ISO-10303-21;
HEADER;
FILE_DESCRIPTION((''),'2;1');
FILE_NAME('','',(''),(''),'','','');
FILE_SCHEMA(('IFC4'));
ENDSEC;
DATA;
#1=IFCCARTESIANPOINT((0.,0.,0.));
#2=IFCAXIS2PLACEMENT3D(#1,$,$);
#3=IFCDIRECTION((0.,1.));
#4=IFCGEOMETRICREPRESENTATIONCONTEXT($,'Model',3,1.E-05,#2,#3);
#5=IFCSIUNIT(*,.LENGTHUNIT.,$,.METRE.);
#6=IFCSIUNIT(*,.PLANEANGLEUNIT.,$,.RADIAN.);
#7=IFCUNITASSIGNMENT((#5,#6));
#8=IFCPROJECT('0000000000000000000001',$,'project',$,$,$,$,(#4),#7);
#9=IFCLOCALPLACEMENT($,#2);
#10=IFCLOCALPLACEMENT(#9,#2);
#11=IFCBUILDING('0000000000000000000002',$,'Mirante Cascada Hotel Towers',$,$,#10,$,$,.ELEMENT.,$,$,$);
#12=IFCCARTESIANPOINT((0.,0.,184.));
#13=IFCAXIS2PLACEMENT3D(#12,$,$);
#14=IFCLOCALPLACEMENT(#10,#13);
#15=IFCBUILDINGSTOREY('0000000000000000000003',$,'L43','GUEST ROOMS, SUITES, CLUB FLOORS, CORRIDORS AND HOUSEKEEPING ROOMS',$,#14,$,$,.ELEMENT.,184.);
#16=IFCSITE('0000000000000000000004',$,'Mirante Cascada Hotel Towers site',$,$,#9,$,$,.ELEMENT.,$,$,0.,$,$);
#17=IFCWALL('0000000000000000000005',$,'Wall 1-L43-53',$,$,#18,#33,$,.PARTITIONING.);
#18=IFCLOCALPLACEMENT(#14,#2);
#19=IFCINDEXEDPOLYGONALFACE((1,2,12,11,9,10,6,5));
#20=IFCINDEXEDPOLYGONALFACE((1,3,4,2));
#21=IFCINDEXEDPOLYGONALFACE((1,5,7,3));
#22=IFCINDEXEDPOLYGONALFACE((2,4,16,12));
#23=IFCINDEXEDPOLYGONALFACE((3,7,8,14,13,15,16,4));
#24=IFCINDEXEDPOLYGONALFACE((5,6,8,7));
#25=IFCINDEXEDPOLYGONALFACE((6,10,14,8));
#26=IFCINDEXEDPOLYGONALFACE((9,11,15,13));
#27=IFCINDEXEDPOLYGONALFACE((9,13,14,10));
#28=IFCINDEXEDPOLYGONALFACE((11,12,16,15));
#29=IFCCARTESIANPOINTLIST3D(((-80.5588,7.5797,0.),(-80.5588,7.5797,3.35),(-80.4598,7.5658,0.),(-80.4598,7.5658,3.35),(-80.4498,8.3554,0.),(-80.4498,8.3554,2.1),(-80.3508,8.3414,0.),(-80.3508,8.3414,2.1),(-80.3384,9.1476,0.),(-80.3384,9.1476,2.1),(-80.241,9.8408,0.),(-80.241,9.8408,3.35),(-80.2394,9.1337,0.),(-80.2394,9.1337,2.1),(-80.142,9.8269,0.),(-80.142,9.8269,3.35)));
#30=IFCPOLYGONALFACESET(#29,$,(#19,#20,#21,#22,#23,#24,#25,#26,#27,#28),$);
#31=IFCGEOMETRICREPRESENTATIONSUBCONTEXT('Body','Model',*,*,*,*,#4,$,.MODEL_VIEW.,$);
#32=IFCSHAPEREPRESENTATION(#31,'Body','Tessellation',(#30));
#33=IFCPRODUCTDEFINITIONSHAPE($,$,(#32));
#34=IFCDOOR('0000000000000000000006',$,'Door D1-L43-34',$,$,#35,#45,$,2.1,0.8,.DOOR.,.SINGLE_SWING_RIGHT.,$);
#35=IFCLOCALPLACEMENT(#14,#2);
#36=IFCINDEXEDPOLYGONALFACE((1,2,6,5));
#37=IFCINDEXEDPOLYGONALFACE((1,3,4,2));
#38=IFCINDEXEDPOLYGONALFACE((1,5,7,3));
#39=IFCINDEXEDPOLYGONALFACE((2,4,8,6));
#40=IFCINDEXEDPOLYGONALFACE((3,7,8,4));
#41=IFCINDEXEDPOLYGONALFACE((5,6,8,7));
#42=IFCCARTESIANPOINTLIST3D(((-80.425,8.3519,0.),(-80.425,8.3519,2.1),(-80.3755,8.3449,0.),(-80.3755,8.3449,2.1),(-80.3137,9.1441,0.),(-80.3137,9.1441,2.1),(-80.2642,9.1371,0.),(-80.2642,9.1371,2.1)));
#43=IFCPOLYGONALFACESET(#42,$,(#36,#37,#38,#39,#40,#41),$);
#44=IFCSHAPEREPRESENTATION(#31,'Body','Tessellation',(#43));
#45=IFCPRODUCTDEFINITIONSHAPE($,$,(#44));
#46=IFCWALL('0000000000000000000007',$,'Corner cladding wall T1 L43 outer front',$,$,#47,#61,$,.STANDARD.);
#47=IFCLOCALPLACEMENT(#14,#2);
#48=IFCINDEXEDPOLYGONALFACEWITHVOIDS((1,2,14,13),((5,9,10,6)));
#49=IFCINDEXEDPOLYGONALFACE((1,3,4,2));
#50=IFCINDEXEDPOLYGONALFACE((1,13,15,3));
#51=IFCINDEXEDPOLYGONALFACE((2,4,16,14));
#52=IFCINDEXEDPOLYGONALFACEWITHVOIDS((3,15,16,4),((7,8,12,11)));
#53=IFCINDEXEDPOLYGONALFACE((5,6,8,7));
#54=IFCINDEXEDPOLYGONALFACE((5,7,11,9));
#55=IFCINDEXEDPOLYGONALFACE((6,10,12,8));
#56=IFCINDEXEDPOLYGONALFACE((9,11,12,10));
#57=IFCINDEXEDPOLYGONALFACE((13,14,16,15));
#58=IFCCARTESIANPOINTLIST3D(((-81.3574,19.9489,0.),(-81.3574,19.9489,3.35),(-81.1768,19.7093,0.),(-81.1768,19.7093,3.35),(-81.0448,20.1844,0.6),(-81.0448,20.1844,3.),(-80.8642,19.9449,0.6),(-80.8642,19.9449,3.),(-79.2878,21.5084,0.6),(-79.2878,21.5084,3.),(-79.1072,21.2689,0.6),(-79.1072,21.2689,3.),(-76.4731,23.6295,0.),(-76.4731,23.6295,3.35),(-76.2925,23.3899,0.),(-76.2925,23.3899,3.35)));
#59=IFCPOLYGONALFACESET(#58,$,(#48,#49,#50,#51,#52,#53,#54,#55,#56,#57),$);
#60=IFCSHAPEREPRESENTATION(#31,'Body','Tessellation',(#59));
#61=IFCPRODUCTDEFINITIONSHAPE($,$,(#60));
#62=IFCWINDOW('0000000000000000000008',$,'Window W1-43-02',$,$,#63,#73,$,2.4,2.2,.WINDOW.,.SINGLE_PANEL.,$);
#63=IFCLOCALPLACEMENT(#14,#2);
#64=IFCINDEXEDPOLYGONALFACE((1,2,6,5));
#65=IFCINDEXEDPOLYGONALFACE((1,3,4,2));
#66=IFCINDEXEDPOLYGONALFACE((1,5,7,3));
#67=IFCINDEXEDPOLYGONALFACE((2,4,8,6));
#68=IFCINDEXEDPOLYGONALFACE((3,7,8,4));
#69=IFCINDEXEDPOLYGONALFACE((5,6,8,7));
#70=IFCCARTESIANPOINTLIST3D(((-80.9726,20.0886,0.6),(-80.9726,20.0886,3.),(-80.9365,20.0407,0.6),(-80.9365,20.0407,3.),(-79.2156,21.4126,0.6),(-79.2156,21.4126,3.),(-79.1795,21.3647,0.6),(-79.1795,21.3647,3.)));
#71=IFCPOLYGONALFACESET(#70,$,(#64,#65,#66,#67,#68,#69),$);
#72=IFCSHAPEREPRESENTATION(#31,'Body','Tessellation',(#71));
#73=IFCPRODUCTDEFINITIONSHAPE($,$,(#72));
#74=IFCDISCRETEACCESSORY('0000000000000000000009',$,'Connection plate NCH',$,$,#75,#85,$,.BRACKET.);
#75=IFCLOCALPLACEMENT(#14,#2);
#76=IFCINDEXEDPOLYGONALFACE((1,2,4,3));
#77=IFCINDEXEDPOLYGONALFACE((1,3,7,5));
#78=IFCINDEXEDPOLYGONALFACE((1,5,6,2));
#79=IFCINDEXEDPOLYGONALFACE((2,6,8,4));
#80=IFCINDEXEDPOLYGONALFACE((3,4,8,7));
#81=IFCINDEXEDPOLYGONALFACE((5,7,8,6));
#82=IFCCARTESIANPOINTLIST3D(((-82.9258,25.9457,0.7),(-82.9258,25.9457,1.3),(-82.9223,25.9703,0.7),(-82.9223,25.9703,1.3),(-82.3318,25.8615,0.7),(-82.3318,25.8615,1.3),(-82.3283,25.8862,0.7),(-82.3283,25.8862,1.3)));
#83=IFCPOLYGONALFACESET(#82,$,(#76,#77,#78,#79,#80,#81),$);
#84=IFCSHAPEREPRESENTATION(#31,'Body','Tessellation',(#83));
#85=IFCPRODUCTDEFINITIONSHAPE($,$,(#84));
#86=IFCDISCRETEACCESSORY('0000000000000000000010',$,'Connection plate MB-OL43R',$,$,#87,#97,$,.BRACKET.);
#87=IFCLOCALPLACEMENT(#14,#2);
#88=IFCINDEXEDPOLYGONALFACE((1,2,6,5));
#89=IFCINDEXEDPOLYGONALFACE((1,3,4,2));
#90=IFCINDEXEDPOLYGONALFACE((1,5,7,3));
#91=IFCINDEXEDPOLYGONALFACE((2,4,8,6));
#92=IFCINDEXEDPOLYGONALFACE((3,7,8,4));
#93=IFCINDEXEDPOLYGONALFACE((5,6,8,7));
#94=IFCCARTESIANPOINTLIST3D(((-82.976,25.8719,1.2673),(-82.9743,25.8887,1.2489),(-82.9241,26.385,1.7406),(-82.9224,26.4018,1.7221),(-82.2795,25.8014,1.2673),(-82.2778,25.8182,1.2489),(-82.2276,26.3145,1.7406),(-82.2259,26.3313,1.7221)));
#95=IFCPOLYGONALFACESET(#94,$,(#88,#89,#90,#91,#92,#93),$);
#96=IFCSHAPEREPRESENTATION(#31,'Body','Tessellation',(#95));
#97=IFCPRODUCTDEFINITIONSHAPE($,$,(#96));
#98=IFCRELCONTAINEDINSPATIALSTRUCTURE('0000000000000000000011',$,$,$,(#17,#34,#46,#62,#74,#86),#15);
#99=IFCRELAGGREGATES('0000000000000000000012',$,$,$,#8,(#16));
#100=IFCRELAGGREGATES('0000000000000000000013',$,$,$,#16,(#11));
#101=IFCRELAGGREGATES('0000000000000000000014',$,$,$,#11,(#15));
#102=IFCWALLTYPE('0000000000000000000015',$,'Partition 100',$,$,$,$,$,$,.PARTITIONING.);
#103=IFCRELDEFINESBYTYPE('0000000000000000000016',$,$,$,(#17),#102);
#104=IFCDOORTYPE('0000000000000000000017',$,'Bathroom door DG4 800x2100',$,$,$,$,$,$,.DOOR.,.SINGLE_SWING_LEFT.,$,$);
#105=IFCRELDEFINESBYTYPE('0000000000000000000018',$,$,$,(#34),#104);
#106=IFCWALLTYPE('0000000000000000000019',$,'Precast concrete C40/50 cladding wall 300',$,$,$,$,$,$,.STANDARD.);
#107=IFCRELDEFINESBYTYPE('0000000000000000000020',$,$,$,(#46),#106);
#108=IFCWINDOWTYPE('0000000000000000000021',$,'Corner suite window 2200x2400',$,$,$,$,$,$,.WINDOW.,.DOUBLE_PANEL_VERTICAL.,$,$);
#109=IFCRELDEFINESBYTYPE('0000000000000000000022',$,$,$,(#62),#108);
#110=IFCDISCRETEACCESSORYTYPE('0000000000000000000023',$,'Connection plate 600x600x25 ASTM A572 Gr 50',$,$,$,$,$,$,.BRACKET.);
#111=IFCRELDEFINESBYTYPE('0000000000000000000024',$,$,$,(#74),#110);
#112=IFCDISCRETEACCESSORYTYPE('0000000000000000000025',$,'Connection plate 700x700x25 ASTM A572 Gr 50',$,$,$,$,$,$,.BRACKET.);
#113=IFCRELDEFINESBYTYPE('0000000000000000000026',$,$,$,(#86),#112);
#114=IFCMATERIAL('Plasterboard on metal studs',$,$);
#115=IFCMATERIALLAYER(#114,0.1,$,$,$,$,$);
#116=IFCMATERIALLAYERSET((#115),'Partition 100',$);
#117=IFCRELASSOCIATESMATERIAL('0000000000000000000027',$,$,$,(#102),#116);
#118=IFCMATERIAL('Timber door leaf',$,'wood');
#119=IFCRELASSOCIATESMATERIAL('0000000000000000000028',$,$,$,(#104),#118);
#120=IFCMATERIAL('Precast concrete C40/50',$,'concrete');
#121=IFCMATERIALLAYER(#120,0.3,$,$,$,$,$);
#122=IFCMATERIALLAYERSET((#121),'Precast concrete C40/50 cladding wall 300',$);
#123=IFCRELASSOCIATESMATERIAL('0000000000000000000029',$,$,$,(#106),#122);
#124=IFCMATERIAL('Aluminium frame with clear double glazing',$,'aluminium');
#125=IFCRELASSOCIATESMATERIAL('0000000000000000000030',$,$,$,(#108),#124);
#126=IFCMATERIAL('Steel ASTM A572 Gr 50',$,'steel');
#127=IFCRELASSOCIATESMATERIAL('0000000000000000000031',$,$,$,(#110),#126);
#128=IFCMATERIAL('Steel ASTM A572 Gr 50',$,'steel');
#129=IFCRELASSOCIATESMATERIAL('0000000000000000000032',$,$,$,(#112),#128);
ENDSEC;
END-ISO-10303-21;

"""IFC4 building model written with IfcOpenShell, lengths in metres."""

from ifc_helpers import new_model, si_unit, direction, frame, frame_2d, origin, origin_2d, place, context, subcontext, project, spatial, rectangle, extrude, material, layer, layer_set, material_profile, profile_set, type_object, element, fill, save


model = new_model("IFC4")

# Units and contexts
model_context = context("Model", 3, precision=1e-05, world=origin(), true_north=direction((0.0, 1.0)))
body_context = subcontext(model_context, "Body", "Model", "MODEL_VIEW")
ifc_project = project(units=[si_unit("LENGTHUNIT", "METRE"), si_unit("PLANEANGLEUNIT", "RADIAN")], contexts=[model_context])

# Site, building, storey
site_placement = place(None, origin())
site = spatial("IfcSite", under=ifc_project, at=site_placement, Name="Mirante Cascada Hotel Towers site", CompositionType="ELEMENT", RefElevation=0.0)
building_placement = place(site_placement, origin())
building = spatial("IfcBuilding", under=site, at=building_placement, Name="Mirante Cascada Hotel Towers", CompositionType="ELEMENT")
storey_placement = place(building_placement, frame((0.0, 0.0, 184.0)))
storey = spatial("IfcBuildingStorey", under=building, at=storey_placement, Name="L43", Description="GUEST ROOMS, SUITES, CLUB FLOORS, CORRIDORS AND HOUSEKEEPING ROOMS", CompositionType="ELEMENT", Elevation=184.0)

# Shared definitions
ifc_material_1 = material(Name="Plasterboard on metal studs")
ifc_layer_1 = layer(ifc_material_1, 0.1)
ifc_layer_set_1 = layer_set([ifc_layer_1], Name="Partition 100")
wall_type_1 = type_object("IfcWallType", Name="Partition 100", PredefinedType="PARTITIONING", material=ifc_layer_set_1)

# Shared definitions
ifc_material_2 = material(Name="Timber door leaf", Category="wood")
door_type = type_object("IfcDoorType", Name="Bathroom door DG4 800x2100", OperationType="SINGLE_SWING_LEFT", PredefinedType="DOOR", material=ifc_material_2)

# Wall, opening, door
wall_1_placement = place(storey_placement, frame((-80.1915, 9.8338, 0.0), z_axis=(0.0, 0.0, 1.0), x_axis=(-0.139183, -0.990267, 0.0)))
wall_1 = element("IfcWall", 1, at=wall_1_placement, inside=storey, type_object=wall_type_1, Name="Wall 1-L43-53", PredefinedType="PARTITIONING", context=body_context, shape_type="SweptSolid", body=[
    extrude(rectangle(XDim=2.2833, YDim=0.1, at=frame_2d((1.1416, 0.0))), origin(), (0.0, 0.0, 1.0), 3.35),
])
opening_1_placement = place(wall_1_placement, frame((0.7, 0.0, 0.0)))
opening_1 = element("IfcOpeningElement", 2, at=opening_1_placement, cuts=wall_1, PredefinedType="OPENING", context=body_context, shape_type="SweptSolid", body=[
    extrude(rectangle(XDim=0.8, YDim=2.1, at=frame_2d((0.4, 1.05))), frame((0.0, 0.05, 0.0), z_axis=(0.0, -1.0, 0.0), x_axis=(1.0, 0.0, 0.0)), (0.0, 0.0, 1.0), 0.1),
])
door_1_placement = place(opening_1_placement, frame((0.8, 0.0, 0.0), z_axis=(0.0, 0.0, 1.0), x_axis=(-1.0, 0.0, 0.0)))
door_1 = element("IfcDoor", 3, at=door_1_placement, inside=storey, type_object=door_type, Name="Door D1-L43-34", OperationType="SINGLE_SWING_RIGHT", OverallHeight=2.1, OverallWidth=0.8, PredefinedType="DOOR", context=body_context, shape_type="SweptSolid", body=[
    extrude(rectangle(XDim=0.8, YDim=2.1, at=frame_2d((0.4, 1.05))), frame((0.0, 0.025, 0.0), z_axis=(0.0, -1.0, 0.0), x_axis=(1.0, 0.0, 0.0)), (0.0, 0.0, 1.0), 0.05),
])
fill(opening_1, door_1)

# Wall, opening, window
ifc_material_3 = material(Name="Precast concrete C40/50", Category="concrete")
ifc_layer_2 = layer(ifc_material_3, 0.3)
ifc_layer_set_2 = layer_set([ifc_layer_2], Name="Precast concrete C40/50 cladding wall 300")
wall_type_2 = type_object("IfcWallType", Name="Precast concrete C40/50 cladding wall 300", PredefinedType="STANDARD", material=ifc_layer_set_2)
wall_2_placement = place(storey_placement, frame((-81.2671, 19.8291, 0.0), z_axis=(0.0, 0.0, 1.0), x_axis=(0.798634, 0.601817, 0.0)))
wall_2 = element("IfcWall", 4, at=wall_2_placement, inside=storey, type_object=wall_type_2, Name="Corner cladding wall T1 L43 outer front", PredefinedType="STANDARD", context=body_context, shape_type="SweptSolid", body=[
    extrude(rectangle(XDim=6.1158, YDim=0.3, at=frame_2d((3.0579, 0.0))), origin(), (0.0, 0.0, 1.0), 3.35),
])
opening_2_placement = place(wall_2_placement, frame((0.3914, 0.0, 0.6)))
opening_2 = element("IfcOpeningElement", 5, at=opening_2_placement, cuts=wall_2, PredefinedType="OPENING", context=body_context, shape_type="SweptSolid", body=[
    extrude(rectangle(XDim=2.2, YDim=2.4, at=frame_2d((1.1, 1.2))), frame((0.0, 0.15, 0.0), z_axis=(0.0, -1.0, 0.0), x_axis=(1.0, 0.0, 0.0)), (0.0, 0.0, 1.0), 0.3),
])
ifc_material_4 = material(Name="Aluminium frame with clear double glazing", Category="aluminium")
window_type = type_object("IfcWindowType", Name="Corner suite window 2200x2400", PartitioningType="DOUBLE_PANEL_VERTICAL", PredefinedType="WINDOW", material=ifc_material_4)
window_placement = place(opening_2_placement, origin())
window = element("IfcWindow", 6, at=window_placement, inside=storey, type_object=window_type, Name="Window W1-43-02", OverallHeight=2.4, OverallWidth=2.2, PartitioningType="SINGLE_PANEL", PredefinedType="WINDOW", context=body_context, shape_type="SweptSolid", body=[
    extrude(rectangle(XDim=2.2, YDim=2.4, at=frame_2d((1.1, 1.2))), frame((0.0, 0.03, 0.0), z_axis=(0.0, -1.0, 0.0), x_axis=(1.0, 0.0, 0.0)), (0.0, 0.0, 1.0), 0.06),
])
fill(opening_2, window)

# Discrete accessories
ifc_material_5 = material(Name="Steel ASTM A572 Gr 50", Category="steel")
ifc_material_profile_1 = material_profile(ifc_material_5, rectangle(XDim=0.6, YDim=0.6, at=origin_2d()), Name="Connection plate 600x600x25 ASTM A572 Gr 50")
ifc_profile_set_1 = profile_set([ifc_material_profile_1], Name="Steel ASTM A572 Gr 50")
discrete_accessory_type_1 = type_object("IfcDiscreteAccessoryType", Name="Connection plate 600x600x25 ASTM A572 Gr 50", PredefinedType="BRACKET", material=ifc_profile_set_1)
discrete_accessory_1_placement = place(storey_placement, frame((-82.6288, 25.9036, 1.0), z_axis=(0.140299, 0.990109, 0.0), x_axis=(-0.990109, 0.140299, 0.0)))
element("IfcDiscreteAccessory", 7, at=discrete_accessory_1_placement, inside=storey, type_object=discrete_accessory_type_1, Name="Connection plate NCH", PredefinedType="BRACKET", context=body_context, shape_type="SweptSolid", body=[
    extrude(rectangle(XDim=0.6, YDim=0.6, at=origin_2d()), origin(), (0.0, 0.0, 1.0), 0.0249),
])
ifc_material_6 = material(Name="Steel ASTM A572 Gr 50", Category="steel")
ifc_material_profile_2 = material_profile(ifc_material_6, rectangle(XDim=0.7, YDim=0.7, at=origin_2d()), Name="Connection plate 700x700x25 ASTM A572 Gr 50")
ifc_profile_set_2 = profile_set([ifc_material_profile_2], Name="Steel ASTM A572 Gr 50")
discrete_accessory_type_2 = type_object("IfcDiscreteAccessoryType", Name="Connection plate 700x700x25 ASTM A572 Gr 50", PredefinedType="BRACKET", material=ifc_profile_set_2)
discrete_accessory_2_placement = place(storey_placement, frame((-82.6001, 26.11, 1.4855), z_axis=(-0.068071, -0.672705, 0.736773), x_axis=(0.994919, -0.100676, 0.0)))
element("IfcDiscreteAccessory", 8, at=discrete_accessory_2_placement, inside=storey, type_object=discrete_accessory_type_2, Name="Connection plate MB-OL43R", PredefinedType="BRACKET", context=body_context, shape_type="SweptSolid", body=[
    extrude(rectangle(XDim=0.7, YDim=0.7, at=origin_2d()), origin(), (0.0, 0.0, 1.0), 0.025),
])

save(model, "model.ifc")
